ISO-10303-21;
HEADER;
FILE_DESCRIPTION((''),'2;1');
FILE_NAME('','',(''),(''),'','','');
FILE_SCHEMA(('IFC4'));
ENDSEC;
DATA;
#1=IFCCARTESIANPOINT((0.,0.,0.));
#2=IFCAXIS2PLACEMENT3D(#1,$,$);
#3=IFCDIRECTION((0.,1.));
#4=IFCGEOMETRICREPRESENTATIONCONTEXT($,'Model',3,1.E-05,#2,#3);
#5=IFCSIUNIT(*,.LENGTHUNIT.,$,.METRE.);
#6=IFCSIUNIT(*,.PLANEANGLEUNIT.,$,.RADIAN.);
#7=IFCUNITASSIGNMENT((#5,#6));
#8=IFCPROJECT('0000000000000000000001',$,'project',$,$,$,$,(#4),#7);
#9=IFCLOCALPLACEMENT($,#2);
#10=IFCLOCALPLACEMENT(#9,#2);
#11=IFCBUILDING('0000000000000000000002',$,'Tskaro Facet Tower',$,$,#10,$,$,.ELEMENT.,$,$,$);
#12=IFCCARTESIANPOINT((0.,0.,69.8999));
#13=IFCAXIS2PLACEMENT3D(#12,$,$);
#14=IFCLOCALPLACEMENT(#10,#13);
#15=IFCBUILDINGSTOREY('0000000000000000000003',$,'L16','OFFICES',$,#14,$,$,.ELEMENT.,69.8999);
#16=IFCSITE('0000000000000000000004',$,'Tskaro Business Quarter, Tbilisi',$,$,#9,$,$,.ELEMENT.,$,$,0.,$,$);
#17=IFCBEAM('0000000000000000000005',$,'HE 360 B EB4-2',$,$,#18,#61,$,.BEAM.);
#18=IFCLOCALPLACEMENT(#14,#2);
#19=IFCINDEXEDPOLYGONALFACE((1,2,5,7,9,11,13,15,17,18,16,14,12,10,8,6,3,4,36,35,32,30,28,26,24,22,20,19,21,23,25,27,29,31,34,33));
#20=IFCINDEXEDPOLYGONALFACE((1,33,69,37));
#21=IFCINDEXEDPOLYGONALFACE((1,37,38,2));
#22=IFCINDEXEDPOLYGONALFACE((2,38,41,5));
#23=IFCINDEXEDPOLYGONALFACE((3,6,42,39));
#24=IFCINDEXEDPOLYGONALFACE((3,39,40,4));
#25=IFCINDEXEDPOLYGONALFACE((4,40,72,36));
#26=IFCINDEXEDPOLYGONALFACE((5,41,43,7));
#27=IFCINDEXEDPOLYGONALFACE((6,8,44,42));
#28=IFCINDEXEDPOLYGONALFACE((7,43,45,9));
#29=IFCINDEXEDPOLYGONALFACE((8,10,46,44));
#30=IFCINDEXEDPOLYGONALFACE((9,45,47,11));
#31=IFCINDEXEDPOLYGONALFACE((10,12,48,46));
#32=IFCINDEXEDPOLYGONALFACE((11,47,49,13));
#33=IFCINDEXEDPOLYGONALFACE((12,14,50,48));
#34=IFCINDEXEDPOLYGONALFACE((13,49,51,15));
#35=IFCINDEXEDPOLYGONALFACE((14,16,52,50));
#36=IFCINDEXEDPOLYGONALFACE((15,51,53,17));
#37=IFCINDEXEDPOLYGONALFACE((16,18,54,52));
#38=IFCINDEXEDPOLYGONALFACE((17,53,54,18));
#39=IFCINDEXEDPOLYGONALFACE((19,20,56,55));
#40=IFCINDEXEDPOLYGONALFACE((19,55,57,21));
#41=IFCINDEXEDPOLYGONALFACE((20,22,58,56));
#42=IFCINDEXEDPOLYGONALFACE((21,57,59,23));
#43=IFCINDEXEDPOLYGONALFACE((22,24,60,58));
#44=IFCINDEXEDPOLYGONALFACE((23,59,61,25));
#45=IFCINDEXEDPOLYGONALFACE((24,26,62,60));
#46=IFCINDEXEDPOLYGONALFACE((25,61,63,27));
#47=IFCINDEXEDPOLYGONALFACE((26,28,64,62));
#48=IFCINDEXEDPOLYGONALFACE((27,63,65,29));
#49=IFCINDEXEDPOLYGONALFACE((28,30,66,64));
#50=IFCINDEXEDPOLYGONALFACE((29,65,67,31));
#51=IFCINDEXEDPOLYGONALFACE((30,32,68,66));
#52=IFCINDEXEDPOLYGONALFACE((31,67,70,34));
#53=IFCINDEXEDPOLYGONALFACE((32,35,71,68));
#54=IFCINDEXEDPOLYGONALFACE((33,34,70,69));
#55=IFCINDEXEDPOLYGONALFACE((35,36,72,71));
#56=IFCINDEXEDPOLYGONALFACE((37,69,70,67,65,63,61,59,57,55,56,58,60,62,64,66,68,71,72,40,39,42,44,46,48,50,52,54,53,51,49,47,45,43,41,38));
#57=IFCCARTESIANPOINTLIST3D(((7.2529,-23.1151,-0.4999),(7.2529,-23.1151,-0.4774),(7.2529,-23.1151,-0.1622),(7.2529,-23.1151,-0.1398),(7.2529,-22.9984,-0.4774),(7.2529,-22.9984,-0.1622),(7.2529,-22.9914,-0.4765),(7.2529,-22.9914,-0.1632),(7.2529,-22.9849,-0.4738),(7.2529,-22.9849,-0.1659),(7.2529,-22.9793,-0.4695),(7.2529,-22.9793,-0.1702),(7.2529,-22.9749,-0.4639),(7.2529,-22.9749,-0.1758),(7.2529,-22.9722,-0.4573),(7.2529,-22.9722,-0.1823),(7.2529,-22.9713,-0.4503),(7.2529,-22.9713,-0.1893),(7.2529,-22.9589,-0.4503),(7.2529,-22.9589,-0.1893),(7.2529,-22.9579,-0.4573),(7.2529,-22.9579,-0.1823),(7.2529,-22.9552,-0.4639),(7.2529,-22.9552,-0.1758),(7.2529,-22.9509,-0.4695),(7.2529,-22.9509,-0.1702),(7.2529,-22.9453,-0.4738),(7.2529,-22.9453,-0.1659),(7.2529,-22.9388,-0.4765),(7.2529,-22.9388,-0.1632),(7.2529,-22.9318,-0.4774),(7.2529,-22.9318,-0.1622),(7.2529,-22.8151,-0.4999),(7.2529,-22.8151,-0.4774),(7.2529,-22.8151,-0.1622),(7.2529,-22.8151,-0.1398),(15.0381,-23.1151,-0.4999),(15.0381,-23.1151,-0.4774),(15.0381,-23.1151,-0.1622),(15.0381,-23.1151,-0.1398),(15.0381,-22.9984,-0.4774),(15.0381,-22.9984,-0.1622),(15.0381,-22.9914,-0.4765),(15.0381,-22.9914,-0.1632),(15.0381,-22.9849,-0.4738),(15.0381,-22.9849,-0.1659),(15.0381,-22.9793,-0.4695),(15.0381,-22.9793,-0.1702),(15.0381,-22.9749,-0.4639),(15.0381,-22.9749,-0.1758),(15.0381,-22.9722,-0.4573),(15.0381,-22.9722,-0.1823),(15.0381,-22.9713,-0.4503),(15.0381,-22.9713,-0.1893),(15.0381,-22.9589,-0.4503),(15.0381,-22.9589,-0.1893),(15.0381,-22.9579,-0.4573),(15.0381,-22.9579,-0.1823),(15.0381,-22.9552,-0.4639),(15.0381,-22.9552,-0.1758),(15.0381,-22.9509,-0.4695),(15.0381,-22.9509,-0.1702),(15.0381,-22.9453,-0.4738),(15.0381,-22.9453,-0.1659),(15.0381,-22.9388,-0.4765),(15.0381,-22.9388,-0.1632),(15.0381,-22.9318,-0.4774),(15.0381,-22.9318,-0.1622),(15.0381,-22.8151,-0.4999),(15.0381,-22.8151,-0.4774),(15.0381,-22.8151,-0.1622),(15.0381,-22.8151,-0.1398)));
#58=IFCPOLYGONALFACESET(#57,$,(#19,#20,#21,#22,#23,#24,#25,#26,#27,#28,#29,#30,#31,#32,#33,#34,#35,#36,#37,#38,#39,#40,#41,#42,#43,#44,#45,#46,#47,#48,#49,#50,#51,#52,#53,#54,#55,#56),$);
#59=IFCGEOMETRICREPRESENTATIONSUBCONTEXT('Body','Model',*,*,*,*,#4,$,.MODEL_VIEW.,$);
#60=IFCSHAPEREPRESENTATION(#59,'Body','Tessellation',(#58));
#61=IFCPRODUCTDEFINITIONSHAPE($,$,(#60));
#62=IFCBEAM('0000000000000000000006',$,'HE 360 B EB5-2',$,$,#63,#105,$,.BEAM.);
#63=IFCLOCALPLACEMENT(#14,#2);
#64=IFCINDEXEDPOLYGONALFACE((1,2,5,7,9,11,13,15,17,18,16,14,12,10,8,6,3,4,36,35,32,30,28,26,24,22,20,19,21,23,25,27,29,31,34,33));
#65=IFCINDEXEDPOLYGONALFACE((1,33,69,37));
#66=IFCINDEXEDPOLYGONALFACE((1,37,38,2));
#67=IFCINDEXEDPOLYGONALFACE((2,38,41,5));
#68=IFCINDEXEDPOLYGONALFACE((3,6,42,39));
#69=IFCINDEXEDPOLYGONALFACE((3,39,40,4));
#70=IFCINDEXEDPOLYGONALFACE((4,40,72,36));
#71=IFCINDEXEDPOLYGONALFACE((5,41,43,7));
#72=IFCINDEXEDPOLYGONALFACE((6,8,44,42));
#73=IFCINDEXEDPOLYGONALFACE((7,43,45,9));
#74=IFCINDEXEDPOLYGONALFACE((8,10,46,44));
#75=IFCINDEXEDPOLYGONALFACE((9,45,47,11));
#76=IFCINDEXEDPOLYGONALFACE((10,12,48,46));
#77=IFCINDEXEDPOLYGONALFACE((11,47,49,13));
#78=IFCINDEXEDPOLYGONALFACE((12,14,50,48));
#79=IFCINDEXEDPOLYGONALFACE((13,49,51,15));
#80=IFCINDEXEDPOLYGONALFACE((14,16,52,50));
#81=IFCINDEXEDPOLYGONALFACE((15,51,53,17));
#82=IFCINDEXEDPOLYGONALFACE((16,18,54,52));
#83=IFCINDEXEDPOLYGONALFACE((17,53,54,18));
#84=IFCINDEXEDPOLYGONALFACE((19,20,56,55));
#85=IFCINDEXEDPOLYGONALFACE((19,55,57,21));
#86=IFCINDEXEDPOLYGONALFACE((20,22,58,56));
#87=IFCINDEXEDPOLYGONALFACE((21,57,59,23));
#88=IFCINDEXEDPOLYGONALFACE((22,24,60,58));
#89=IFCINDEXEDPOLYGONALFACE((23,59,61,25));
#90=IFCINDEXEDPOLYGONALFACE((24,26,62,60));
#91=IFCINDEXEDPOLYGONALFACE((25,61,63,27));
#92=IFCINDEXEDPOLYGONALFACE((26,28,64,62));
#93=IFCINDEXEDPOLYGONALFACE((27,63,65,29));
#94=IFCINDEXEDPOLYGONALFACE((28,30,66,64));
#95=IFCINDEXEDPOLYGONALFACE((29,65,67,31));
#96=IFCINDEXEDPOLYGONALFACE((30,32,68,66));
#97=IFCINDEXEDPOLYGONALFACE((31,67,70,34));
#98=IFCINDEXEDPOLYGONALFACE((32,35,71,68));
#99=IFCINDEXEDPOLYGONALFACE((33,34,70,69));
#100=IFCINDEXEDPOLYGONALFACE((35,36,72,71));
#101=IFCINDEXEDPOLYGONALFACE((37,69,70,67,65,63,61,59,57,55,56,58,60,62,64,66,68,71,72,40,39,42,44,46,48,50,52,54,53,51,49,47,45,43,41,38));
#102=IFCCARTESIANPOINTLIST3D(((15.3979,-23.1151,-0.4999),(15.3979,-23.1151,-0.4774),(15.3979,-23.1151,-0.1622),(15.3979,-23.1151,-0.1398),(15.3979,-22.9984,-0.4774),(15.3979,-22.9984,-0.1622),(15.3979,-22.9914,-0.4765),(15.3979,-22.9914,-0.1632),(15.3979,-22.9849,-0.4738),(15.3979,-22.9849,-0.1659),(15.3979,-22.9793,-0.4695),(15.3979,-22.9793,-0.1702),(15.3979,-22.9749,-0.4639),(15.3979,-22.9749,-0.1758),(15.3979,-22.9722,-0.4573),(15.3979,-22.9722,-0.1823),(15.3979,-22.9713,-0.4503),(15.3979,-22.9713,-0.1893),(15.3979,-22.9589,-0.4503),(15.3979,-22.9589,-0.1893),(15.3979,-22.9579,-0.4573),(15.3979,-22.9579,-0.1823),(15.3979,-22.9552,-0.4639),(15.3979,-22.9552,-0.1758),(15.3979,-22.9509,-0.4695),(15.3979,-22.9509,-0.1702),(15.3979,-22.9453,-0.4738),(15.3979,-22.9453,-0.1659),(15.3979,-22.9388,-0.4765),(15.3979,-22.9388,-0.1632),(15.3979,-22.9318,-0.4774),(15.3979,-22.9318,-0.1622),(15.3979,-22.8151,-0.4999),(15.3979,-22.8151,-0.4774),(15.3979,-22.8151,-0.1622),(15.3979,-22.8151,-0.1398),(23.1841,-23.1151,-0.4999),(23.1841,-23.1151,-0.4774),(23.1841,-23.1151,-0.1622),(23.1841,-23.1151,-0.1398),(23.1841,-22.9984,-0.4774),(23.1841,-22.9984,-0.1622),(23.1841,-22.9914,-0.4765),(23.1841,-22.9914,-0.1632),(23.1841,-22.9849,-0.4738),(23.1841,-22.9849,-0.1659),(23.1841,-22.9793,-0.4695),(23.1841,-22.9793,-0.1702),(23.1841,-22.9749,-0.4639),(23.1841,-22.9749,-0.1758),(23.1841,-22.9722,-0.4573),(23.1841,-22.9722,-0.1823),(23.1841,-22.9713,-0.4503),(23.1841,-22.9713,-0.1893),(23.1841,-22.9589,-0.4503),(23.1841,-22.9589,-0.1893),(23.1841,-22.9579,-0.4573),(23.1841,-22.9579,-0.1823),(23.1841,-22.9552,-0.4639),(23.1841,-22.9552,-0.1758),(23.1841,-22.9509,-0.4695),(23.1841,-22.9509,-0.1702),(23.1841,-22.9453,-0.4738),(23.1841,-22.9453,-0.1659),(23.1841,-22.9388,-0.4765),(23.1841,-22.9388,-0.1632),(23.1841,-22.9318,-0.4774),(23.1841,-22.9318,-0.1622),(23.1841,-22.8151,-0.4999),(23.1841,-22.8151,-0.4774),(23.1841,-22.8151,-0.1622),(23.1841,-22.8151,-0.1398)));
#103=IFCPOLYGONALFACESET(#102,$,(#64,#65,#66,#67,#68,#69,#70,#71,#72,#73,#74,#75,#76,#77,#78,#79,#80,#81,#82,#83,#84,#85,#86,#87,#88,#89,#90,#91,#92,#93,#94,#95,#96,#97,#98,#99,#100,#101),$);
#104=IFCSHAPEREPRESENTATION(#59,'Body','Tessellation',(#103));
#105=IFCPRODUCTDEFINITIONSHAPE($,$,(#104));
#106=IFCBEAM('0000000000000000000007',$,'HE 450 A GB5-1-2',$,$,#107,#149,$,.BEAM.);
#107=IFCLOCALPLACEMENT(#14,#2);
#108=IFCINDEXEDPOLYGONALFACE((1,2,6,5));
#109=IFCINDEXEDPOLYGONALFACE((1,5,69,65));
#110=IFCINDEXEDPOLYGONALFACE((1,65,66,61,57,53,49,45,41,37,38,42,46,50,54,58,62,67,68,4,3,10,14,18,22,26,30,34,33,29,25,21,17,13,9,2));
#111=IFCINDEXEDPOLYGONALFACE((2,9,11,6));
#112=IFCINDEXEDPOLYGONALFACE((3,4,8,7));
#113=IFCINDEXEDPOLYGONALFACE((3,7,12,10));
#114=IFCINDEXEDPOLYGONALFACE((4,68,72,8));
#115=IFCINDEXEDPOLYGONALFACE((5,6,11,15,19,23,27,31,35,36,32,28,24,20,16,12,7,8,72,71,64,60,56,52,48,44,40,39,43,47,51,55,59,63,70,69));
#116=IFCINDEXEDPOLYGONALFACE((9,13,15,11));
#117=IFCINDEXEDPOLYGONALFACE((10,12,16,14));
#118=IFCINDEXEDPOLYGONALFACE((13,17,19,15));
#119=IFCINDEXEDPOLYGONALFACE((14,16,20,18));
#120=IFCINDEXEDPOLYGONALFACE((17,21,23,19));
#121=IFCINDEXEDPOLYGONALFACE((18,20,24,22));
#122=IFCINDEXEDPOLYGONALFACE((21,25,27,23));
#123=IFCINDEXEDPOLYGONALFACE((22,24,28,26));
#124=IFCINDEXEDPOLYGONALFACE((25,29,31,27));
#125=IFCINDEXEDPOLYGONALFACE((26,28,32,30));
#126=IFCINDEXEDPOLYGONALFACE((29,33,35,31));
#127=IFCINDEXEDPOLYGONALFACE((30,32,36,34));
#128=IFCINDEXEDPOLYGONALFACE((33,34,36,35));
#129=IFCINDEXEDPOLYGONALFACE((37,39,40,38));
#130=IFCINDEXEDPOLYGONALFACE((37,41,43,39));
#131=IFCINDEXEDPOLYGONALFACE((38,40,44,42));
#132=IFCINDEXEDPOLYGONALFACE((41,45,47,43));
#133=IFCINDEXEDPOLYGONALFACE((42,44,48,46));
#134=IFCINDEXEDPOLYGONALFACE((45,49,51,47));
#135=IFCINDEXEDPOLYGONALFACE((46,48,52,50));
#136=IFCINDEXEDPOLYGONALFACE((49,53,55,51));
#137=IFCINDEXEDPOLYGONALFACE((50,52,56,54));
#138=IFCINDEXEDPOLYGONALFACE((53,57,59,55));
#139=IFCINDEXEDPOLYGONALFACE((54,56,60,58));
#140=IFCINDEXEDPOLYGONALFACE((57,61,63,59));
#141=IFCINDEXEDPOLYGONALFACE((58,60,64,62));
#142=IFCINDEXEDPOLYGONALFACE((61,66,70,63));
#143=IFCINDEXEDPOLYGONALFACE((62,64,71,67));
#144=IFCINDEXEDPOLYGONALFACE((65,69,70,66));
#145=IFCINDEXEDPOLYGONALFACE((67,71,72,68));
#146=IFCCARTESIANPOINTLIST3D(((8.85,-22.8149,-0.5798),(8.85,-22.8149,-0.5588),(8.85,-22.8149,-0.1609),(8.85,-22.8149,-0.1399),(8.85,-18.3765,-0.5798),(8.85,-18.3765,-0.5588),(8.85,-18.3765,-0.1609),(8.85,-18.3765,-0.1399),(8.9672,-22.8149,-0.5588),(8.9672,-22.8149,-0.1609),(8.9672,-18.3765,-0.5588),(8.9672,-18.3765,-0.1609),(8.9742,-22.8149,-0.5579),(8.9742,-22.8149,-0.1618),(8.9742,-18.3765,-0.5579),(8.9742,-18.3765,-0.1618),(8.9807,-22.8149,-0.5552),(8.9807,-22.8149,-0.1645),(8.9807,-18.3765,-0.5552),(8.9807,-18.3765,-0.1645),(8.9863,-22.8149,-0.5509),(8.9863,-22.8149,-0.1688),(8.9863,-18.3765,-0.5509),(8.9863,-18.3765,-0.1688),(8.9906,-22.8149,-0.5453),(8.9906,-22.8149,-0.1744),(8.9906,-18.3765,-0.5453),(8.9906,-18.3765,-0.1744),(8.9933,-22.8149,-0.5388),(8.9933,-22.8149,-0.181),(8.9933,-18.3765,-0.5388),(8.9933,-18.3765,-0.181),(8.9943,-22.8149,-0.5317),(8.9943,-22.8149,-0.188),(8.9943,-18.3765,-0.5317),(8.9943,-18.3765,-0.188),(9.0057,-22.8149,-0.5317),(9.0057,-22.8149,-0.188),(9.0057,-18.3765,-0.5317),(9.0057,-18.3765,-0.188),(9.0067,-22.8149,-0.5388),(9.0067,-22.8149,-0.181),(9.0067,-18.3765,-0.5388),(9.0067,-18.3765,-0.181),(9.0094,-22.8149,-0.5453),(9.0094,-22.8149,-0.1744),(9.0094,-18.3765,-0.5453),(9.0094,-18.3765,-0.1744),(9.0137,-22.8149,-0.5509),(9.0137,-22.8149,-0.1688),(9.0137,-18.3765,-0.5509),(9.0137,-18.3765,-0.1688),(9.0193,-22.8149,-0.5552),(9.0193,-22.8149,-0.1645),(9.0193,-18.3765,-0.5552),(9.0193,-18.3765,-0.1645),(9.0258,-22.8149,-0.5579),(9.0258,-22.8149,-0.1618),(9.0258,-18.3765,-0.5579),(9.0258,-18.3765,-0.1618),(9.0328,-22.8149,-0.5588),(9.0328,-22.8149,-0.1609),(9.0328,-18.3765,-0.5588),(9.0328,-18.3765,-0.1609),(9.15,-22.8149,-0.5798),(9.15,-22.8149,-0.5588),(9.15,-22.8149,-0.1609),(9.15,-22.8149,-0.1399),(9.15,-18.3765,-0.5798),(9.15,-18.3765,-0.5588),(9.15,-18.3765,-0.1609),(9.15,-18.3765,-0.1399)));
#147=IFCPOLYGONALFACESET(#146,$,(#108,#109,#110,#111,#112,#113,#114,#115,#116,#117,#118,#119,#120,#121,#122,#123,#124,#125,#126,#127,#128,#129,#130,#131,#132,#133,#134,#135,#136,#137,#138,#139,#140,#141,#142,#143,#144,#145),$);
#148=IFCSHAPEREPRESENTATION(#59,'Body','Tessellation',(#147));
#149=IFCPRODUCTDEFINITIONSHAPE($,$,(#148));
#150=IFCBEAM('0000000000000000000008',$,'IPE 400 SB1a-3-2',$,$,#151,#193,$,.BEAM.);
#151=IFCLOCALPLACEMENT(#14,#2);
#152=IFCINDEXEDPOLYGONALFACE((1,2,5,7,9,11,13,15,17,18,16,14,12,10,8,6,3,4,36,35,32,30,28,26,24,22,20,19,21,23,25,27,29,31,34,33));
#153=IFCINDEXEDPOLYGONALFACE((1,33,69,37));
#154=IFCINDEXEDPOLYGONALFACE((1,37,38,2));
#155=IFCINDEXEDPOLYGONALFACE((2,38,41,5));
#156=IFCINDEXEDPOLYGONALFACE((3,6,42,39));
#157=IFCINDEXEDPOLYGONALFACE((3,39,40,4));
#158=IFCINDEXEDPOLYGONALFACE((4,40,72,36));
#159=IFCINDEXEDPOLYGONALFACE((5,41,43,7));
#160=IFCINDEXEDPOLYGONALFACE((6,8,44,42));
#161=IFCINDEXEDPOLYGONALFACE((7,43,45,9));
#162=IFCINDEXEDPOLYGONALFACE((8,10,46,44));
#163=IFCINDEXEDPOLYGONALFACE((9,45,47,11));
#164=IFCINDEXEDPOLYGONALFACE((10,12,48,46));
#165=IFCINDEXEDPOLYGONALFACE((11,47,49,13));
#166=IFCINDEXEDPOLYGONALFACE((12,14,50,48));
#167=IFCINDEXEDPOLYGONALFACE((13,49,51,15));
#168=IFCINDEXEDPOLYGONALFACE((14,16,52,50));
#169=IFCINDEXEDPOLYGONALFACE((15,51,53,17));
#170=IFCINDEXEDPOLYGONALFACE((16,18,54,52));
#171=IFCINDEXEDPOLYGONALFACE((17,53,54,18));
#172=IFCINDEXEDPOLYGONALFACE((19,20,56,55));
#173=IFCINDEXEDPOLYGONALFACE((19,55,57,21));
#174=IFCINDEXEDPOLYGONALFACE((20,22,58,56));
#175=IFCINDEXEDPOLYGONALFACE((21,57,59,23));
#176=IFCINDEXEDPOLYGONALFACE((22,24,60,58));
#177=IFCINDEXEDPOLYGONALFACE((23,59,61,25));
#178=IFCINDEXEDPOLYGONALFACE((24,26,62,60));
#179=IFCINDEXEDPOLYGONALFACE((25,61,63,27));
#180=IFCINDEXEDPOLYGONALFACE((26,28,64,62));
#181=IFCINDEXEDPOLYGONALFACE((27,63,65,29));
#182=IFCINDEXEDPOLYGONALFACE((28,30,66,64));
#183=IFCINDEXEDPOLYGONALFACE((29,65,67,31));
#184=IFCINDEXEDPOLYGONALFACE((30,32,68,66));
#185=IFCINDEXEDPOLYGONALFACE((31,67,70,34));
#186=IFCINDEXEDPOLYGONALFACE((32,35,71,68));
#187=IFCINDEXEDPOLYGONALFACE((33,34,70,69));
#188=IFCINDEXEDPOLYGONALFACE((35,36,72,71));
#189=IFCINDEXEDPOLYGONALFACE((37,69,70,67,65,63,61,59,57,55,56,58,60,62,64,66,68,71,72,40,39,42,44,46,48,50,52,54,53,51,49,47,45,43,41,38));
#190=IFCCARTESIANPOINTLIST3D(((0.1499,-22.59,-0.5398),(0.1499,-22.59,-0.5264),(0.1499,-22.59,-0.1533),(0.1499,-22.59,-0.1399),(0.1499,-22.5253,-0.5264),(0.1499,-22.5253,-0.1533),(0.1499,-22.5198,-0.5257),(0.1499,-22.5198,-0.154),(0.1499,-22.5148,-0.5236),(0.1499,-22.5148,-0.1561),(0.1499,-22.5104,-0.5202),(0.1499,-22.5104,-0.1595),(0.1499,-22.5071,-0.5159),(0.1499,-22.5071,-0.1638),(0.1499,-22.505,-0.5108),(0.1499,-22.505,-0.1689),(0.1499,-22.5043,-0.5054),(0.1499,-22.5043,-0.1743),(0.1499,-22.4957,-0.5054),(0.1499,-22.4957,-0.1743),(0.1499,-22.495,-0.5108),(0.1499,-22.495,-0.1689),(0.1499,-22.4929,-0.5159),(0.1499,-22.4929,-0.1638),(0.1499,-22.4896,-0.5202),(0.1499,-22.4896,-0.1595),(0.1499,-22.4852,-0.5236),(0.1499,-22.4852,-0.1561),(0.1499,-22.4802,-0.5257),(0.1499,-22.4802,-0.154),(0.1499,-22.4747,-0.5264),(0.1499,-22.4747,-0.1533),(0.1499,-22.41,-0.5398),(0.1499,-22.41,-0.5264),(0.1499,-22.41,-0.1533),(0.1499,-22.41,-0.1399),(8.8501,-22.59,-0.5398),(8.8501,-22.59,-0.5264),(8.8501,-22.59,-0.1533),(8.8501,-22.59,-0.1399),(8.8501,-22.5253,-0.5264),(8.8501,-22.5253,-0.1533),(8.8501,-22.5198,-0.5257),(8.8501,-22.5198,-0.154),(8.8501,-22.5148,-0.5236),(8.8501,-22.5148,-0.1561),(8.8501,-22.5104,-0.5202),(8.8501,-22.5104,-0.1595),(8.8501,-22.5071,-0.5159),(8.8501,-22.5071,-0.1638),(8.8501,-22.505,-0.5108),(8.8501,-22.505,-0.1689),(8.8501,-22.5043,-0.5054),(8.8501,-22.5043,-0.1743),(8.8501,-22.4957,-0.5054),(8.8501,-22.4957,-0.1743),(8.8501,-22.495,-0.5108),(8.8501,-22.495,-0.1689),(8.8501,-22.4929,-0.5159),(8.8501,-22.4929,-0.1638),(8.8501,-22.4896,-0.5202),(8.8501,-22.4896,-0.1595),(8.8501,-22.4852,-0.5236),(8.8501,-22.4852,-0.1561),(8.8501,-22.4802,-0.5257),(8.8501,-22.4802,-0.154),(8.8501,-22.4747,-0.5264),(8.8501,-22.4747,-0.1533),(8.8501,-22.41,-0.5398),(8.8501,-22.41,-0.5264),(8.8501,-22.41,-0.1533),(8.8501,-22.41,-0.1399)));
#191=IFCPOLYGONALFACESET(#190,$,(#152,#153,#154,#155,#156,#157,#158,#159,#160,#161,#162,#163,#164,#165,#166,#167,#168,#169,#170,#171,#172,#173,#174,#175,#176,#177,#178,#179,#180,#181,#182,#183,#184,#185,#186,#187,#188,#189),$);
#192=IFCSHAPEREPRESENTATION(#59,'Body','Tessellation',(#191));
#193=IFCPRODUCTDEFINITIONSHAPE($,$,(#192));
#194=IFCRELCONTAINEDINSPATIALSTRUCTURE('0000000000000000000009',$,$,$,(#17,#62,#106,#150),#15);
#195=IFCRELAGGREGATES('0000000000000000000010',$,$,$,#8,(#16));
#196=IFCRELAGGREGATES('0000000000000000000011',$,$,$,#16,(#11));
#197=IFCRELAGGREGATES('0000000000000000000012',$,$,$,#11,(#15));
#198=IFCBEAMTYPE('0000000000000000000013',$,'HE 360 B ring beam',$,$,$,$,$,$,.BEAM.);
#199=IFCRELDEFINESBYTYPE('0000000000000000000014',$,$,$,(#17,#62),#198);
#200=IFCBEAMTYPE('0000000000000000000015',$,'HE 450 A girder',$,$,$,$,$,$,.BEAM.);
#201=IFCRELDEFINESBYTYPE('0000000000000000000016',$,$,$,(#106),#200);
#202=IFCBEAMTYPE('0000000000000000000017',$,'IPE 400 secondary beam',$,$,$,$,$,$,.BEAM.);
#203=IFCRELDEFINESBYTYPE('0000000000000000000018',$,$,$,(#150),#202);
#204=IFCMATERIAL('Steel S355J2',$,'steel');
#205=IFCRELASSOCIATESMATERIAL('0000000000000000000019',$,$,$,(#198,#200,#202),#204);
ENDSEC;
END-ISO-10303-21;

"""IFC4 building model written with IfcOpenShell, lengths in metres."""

from ifc_helpers import new_model, si_unit, direction, frame, origin, origin_2d, place, context, subcontext, project, spatial, i_section, extrude, material, material_profile, profile_set, type_object, element, save


model = new_model("IFC4")

# Units and contexts
model_context = context("Model", 3, precision=1e-05, world=origin(), true_north=direction((0.0, 1.0)))
body_context = subcontext(model_context, "Body", "Model", "MODEL_VIEW")
ifc_project = project(units=[si_unit("LENGTHUNIT", "METRE"), si_unit("PLANEANGLEUNIT", "RADIAN")], contexts=[model_context])

# Site, building, storey
site_placement = place(None, origin())
site = spatial("IfcSite", under=ifc_project, at=site_placement, Name="Tskaro Business Quarter, Tbilisi", CompositionType="ELEMENT", RefElevation=0.0)
building_placement = place(site_placement, origin())
building = spatial("IfcBuilding", under=site, at=building_placement, Name="Tskaro Facet Tower", CompositionType="ELEMENT")
storey_placement = place(building_placement, frame((0.0, 0.0, 69.8999)))
storey = spatial("IfcBuildingStorey", under=building, at=storey_placement, Name="L16", Description="OFFICES", CompositionType="ELEMENT", Elevation=69.8999)

# Beams
ifc_material_1 = material(Name="Steel S355J2", Category="steel")
ifc_material_profile_1 = material_profile(ifc_material_1, i_section(OverallWidth=0.3, OverallDepth=0.3601, WebThickness=0.0125, FlangeThickness=0.0225, FilletRadius=0.0271, at=origin_2d()), Name="HE 360 B")
ifc_profile_set_1 = profile_set([ifc_material_profile_1], Name="Steel S355J2")
beam_type_1 = type_object("IfcBeamType", Name="HE 360 B ring beam", PredefinedType="BEAM", material=ifc_profile_set_1)
beam_1_placement = place(storey_placement, frame((7.2529, -22.9651, -0.3198), z_axis=(1.0, 0.0, 0.0), x_axis=(0.0, 1.0, 0.0)))
element("IfcBeam", 1, at=beam_1_placement, inside=storey, type_object=beam_type_1, Name="HE 360 B EB4-2", PredefinedType="BEAM", context=body_context, shape_type="SweptSolid", body=[
    extrude(i_section(OverallWidth=0.3, OverallDepth=0.3601, WebThickness=0.0125, FlangeThickness=0.0225, FilletRadius=0.0271, at=origin_2d()), origin(), (0.0, 0.0, 1.0), 7.7852),
])
beam_2_placement = place(storey_placement, frame((15.3979, -22.9651, -0.3198), z_axis=(1.0, 0.0, 0.0), x_axis=(0.0, 1.0, 0.0)))
element("IfcBeam", 2, at=beam_2_placement, inside=storey, type_object=beam_type_1, Name="HE 360 B EB5-2", PredefinedType="BEAM", context=body_context, shape_type="SweptSolid", body=[
    extrude(i_section(OverallWidth=0.3, OverallDepth=0.3601, WebThickness=0.0125, FlangeThickness=0.0225, FilletRadius=0.0271, at=origin_2d()), origin(), (0.0, 0.0, 1.0), 7.7861),
])
ifc_material_profile_2 = material_profile(ifc_material_1, i_section(OverallWidth=0.3, OverallDepth=0.4399, WebThickness=0.0115, FlangeThickness=0.021, FilletRadius=0.0271, at=origin_2d()), Name="HE 450 A")
ifc_profile_set_2 = profile_set([ifc_material_profile_2], Name="Steel S355J2")
beam_type_2 = type_object("IfcBeamType", Name="HE 450 A girder", PredefinedType="BEAM", material=ifc_profile_set_2)
beam_3_placement = place(storey_placement, frame((9.0, -22.8149, -0.3599), z_axis=(0.0, 1.0, 0.0), x_axis=(-1.0, 0.0, 0.0)))
element("IfcBeam", 3, at=beam_3_placement, inside=storey, type_object=beam_type_2, Name="HE 450 A GB5-1-2", PredefinedType="BEAM", context=body_context, shape_type="SweptSolid", body=[
    extrude(i_section(OverallWidth=0.3, OverallDepth=0.4399, WebThickness=0.0115, FlangeThickness=0.021, FilletRadius=0.0271, at=origin_2d()), origin(), (0.0, 0.0, 1.0), 4.4385),
])
ifc_material_profile_3 = material_profile(ifc_material_1, i_section(OverallWidth=0.1799, OverallDepth=0.3999, WebThickness=0.0085, FlangeThickness=0.0134, FilletRadius=0.021, at=origin_2d()), Name="IPE 400")
ifc_profile_set_3 = profile_set([ifc_material_profile_3], Name="Steel S355J2")
beam_type_3 = type_object("IfcBeamType", Name="IPE 400 secondary beam", PredefinedType="BEAM", material=ifc_profile_set_3)
for number, where, z_axis, x_axis, name in (
    (4, (0.1499, -22.5, -0.3398), (1.0, 0.0, 0.0), (0.0, 1.0, 0.0), "IPE 400 SB1a-3-2"),
):
    element("IfcBeam", number, at=place(storey_placement, frame(where, z_axis=z_axis, x_axis=x_axis)), inside=storey, type_object=beam_type_3, Name=name, PredefinedType="BEAM", context=body_context, shape_type="SweptSolid", body=[
        extrude(i_section(OverallWidth=0.1799, OverallDepth=0.3999, WebThickness=0.0085, FlangeThickness=0.0134, FilletRadius=0.021, at=origin_2d()), origin(), (0.0, 0.0, 1.0), 8.7002),
    ])

save(model, "model.ifc")
